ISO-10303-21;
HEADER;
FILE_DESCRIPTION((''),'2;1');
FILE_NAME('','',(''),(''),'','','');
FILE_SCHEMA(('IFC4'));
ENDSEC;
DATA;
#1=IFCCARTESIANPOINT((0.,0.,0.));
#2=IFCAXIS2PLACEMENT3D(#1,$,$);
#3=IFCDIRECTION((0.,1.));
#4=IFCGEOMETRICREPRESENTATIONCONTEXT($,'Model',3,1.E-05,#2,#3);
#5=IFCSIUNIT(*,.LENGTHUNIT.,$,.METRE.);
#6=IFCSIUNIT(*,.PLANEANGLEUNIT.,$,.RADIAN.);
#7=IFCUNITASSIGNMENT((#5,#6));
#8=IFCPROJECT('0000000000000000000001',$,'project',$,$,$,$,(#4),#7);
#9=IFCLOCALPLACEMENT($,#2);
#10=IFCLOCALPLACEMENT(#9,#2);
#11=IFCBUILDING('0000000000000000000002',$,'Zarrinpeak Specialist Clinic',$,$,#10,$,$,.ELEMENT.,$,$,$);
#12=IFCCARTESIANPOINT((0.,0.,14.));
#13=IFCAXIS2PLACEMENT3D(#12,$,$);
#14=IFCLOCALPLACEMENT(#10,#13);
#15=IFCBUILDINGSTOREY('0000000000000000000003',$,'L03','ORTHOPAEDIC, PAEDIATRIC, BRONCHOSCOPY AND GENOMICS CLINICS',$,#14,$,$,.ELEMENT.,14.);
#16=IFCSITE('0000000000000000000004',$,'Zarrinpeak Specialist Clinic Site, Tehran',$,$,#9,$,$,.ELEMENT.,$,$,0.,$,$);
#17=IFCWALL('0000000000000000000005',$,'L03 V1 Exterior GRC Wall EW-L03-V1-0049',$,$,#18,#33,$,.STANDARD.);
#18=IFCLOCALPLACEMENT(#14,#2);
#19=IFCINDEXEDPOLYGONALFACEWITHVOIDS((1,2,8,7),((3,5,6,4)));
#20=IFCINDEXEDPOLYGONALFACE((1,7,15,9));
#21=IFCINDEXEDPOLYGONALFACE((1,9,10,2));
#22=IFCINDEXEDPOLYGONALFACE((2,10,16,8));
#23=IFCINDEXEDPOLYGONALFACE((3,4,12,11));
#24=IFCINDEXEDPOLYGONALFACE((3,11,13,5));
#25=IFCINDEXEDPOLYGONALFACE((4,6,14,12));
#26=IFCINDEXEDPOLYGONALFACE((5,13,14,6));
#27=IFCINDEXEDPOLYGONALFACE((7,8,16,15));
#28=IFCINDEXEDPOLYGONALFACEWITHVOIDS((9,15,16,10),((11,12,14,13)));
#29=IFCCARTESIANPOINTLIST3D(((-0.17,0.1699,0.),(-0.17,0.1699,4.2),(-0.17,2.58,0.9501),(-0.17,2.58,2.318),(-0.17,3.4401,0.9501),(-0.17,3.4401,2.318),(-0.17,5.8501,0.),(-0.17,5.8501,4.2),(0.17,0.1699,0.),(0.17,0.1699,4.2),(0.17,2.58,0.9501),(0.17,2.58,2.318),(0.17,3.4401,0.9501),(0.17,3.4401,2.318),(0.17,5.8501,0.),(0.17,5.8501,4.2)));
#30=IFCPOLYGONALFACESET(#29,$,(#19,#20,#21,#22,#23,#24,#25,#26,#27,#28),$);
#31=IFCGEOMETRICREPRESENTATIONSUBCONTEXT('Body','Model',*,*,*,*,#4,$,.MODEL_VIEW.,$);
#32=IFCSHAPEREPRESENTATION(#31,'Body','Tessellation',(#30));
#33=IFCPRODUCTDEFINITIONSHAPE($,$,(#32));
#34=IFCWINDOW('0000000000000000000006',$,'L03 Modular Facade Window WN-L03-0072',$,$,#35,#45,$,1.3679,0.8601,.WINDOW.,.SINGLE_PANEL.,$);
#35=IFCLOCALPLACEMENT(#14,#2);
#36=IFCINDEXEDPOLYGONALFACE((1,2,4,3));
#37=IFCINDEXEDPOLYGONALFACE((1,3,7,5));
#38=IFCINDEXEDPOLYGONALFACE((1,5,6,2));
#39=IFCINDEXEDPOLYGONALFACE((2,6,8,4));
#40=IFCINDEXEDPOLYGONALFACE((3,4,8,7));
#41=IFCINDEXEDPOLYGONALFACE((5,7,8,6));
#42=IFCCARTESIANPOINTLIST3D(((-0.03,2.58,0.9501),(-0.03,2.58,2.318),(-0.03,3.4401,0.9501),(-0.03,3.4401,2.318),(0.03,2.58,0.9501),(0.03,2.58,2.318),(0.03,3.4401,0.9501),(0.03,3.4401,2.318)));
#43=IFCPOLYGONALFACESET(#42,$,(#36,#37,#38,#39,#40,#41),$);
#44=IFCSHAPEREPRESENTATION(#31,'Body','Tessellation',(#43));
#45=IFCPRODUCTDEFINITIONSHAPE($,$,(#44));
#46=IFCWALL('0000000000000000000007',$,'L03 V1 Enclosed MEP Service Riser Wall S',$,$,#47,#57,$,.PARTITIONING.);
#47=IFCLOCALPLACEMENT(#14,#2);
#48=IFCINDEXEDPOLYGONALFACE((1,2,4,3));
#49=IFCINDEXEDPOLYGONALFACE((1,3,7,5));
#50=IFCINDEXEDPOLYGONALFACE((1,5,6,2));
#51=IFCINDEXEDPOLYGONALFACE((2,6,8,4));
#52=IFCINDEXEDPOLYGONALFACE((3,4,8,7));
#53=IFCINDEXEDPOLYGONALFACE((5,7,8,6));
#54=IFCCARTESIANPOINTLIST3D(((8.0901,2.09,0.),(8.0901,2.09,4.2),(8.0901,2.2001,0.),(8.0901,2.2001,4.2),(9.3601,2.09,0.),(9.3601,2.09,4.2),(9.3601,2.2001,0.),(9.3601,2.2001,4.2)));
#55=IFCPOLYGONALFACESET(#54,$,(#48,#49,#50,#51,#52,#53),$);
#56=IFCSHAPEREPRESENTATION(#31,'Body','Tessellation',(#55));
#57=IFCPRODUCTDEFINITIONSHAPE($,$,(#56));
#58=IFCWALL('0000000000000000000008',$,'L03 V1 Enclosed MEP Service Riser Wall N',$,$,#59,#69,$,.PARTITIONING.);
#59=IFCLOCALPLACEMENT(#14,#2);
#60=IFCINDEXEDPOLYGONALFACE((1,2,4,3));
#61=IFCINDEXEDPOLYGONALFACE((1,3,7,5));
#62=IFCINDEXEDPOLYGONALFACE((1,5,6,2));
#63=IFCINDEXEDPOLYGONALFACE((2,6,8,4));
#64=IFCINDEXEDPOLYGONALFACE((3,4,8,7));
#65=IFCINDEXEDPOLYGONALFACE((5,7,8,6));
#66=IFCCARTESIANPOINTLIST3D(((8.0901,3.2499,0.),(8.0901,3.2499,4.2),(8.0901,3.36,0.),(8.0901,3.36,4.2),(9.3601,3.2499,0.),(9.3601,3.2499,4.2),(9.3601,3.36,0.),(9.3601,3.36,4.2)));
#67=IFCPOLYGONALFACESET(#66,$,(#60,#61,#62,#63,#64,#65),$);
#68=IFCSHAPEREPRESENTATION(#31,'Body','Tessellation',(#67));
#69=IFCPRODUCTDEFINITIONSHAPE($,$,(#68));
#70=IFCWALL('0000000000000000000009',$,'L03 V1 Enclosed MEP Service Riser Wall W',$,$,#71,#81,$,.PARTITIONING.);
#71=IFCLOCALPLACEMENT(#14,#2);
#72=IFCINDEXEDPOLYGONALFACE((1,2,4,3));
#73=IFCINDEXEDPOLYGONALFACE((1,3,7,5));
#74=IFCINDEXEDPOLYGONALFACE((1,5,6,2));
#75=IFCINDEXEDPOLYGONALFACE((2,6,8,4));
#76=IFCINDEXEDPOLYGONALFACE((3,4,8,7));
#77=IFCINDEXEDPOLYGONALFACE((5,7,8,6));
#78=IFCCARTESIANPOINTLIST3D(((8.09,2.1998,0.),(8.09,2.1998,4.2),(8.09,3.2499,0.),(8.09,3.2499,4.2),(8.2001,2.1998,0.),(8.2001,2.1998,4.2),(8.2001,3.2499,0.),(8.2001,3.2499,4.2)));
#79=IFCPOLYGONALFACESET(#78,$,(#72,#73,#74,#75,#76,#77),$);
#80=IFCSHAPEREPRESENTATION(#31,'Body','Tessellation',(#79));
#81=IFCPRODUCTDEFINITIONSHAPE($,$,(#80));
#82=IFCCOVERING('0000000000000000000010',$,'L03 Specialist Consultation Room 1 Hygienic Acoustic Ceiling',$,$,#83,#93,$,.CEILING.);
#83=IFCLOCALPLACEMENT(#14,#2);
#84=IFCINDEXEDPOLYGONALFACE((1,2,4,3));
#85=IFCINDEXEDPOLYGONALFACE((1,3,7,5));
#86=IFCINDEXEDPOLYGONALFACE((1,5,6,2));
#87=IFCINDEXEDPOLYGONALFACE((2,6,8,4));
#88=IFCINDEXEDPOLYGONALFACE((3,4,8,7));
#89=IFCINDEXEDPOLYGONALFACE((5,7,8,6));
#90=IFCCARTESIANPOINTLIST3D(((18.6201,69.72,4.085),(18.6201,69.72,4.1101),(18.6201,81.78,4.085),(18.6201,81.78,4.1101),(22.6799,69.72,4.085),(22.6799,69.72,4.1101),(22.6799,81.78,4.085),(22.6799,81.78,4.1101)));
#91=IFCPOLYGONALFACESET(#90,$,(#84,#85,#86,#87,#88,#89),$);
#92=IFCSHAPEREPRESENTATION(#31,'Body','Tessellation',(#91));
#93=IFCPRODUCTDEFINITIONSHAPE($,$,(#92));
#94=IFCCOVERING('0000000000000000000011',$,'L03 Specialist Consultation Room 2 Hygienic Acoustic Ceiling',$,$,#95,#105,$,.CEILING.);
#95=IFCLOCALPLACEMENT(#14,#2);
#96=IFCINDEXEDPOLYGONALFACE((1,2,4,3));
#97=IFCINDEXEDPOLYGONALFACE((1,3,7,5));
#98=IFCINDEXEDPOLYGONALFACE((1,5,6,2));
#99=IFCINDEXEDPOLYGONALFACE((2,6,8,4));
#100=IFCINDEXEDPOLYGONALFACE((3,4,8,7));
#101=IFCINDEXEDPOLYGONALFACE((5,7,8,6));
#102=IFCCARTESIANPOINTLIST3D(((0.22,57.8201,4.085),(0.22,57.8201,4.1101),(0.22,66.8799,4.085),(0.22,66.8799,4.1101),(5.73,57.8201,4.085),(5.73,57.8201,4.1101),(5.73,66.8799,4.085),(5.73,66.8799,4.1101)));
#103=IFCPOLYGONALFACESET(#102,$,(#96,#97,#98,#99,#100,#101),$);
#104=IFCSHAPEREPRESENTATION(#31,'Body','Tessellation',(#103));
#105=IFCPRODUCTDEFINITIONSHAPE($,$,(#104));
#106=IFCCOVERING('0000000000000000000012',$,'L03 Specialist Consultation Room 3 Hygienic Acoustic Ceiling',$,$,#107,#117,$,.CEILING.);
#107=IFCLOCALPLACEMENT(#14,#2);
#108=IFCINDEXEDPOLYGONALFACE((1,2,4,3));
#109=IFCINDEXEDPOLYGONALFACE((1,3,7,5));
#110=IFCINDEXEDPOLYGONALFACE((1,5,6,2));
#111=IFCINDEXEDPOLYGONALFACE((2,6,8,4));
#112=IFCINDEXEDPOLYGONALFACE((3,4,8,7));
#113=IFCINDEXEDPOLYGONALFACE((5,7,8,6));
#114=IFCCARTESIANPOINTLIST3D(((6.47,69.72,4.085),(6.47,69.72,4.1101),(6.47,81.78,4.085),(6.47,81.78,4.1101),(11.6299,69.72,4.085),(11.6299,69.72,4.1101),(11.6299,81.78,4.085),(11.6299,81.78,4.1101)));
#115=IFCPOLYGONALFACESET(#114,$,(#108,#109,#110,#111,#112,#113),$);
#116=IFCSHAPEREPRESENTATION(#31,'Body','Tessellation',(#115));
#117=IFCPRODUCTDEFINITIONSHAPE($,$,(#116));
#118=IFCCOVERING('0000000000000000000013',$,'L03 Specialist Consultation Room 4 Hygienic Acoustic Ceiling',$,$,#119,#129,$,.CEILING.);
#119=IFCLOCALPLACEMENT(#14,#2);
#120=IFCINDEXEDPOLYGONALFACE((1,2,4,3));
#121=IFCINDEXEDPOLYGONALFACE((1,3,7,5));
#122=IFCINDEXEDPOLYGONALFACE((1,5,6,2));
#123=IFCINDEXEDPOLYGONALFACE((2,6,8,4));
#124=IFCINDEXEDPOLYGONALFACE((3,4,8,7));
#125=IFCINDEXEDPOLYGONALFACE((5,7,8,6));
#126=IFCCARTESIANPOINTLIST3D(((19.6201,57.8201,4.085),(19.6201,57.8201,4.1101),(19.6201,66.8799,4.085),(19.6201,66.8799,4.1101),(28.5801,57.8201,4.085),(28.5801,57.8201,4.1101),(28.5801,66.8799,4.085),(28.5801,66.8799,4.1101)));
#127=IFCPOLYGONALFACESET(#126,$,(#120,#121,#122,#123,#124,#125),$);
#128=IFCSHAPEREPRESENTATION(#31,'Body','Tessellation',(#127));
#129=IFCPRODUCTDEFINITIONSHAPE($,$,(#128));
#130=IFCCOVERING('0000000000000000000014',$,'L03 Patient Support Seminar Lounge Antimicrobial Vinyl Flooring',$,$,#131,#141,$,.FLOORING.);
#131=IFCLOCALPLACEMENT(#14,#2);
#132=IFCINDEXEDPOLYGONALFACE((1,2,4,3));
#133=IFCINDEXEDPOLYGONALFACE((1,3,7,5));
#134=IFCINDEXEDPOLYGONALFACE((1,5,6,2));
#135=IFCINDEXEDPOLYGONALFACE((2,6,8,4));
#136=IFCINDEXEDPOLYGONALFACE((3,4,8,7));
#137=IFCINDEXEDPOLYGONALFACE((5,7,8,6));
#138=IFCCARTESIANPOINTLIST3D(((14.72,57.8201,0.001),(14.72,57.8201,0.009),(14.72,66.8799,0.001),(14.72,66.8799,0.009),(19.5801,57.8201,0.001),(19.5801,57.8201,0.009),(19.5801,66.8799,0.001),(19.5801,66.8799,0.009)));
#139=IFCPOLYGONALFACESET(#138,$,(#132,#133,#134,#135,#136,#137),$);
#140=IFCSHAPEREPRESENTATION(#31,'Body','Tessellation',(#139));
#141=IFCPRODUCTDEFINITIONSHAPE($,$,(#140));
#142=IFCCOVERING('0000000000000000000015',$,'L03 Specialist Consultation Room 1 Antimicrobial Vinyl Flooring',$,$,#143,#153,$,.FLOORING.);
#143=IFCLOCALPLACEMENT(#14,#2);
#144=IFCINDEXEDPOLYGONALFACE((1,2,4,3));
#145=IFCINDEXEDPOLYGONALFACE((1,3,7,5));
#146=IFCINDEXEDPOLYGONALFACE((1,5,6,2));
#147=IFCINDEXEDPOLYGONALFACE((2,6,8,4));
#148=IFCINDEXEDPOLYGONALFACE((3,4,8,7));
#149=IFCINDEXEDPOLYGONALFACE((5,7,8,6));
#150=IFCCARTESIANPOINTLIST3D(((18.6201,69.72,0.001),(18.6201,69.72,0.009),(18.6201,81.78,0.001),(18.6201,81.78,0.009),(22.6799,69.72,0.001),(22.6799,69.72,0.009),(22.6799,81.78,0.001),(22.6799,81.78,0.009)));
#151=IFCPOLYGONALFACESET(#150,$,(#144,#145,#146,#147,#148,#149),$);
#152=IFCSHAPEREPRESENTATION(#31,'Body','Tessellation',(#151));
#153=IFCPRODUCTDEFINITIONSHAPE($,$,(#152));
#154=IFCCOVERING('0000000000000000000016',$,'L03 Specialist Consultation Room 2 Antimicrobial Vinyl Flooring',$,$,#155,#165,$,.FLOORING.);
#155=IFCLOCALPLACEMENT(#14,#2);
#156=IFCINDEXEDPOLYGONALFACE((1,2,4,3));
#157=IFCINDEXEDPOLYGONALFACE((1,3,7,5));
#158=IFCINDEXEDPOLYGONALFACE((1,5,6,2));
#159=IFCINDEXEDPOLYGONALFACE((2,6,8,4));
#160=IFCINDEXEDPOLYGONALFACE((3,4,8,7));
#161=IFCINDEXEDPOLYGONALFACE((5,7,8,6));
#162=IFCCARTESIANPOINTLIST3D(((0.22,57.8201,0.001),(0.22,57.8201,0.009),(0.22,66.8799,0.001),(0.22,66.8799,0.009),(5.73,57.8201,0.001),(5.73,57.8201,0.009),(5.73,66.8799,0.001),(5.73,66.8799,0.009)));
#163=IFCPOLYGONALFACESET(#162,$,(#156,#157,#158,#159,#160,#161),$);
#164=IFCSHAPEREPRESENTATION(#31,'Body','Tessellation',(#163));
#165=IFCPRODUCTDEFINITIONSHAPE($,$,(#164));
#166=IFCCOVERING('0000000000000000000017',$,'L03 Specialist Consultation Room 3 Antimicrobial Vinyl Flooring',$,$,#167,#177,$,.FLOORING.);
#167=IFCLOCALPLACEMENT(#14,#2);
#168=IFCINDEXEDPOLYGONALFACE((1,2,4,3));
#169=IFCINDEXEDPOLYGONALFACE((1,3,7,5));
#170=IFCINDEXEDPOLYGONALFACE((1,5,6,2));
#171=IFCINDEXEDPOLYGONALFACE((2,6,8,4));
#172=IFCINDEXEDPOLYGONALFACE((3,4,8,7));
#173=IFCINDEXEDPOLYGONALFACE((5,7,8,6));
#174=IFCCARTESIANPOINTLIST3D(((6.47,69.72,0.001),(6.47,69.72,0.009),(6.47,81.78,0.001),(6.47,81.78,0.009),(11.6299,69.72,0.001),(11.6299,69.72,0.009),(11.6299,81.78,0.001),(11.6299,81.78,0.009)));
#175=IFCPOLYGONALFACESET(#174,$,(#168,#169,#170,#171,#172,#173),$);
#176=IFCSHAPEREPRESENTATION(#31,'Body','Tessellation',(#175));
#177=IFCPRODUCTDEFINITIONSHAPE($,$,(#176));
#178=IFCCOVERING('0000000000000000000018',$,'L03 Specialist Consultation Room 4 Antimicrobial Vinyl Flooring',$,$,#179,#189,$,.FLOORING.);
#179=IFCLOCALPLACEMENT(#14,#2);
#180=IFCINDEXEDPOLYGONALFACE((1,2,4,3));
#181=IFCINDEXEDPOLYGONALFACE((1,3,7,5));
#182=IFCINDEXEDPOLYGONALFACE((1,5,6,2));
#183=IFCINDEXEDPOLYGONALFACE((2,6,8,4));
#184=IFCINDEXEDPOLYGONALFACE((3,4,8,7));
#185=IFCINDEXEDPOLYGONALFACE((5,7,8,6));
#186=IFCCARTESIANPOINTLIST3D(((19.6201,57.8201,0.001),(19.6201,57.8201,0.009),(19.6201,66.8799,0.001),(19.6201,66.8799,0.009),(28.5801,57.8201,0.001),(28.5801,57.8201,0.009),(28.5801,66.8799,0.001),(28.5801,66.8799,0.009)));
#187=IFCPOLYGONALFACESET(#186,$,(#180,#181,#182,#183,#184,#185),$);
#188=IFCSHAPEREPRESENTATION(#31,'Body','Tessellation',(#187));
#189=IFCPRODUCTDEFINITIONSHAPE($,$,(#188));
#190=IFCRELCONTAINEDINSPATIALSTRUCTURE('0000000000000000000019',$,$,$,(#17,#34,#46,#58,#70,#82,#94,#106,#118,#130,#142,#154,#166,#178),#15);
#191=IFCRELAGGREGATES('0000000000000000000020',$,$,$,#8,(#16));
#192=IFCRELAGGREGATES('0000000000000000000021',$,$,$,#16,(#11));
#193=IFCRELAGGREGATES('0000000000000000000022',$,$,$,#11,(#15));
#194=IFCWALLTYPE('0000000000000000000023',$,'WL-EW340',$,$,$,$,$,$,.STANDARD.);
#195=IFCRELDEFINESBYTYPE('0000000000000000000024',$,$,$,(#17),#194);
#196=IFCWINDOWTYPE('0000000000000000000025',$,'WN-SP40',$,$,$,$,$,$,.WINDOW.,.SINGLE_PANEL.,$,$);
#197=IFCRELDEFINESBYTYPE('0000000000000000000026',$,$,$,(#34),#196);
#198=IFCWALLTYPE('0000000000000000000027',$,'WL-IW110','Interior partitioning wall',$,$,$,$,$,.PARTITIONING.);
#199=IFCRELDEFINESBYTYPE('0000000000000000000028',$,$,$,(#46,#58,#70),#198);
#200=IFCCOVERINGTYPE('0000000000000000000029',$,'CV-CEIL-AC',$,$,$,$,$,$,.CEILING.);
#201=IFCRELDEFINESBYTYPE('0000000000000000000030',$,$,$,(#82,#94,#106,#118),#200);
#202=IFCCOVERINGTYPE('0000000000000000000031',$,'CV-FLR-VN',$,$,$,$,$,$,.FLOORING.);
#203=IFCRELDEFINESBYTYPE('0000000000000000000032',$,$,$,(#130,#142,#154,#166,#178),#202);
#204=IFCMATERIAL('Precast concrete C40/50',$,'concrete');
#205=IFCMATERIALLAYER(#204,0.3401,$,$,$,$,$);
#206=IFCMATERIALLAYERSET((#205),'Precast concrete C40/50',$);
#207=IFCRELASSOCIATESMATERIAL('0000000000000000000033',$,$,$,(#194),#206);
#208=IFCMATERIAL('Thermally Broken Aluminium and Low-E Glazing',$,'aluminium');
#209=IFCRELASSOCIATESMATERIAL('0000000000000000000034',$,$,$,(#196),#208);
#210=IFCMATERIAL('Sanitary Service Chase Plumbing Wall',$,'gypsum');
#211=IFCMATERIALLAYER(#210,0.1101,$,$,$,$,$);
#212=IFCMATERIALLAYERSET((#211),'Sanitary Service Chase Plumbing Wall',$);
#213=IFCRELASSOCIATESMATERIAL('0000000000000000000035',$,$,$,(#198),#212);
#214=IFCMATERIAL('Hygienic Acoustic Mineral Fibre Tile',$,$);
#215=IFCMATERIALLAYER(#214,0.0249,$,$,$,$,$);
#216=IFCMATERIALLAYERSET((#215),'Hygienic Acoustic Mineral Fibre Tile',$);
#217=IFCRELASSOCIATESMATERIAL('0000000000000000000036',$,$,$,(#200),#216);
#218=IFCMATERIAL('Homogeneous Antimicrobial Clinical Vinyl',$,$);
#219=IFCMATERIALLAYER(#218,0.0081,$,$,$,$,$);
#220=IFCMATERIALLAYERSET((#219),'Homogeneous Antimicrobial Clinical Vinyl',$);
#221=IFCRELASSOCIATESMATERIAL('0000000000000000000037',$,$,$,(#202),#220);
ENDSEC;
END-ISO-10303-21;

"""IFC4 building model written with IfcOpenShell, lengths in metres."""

from ifc_helpers import new_model, si_unit, direction, frame, frame_2d, origin, place, context, subcontext, project, spatial, polyline, rectangle, outline, extrude, material, layer, layer_set, type_object, element, fill, save


model = new_model("IFC4")

# Units and contexts
model_context = context("Model", 3, precision=1e-05, world=origin(), true_north=direction((0.0, 1.0)))
body_context = subcontext(model_context, "Body", "Model", "MODEL_VIEW")
ifc_project = project(units=[si_unit("LENGTHUNIT", "METRE"), si_unit("PLANEANGLEUNIT", "RADIAN")], contexts=[model_context])

# Site, building, storey
site_placement = place(None, origin())
site = spatial("IfcSite", under=ifc_project, at=site_placement, Name="Zarrinpeak Specialist Clinic Site, Tehran", CompositionType="ELEMENT", RefElevation=0.0)
building_placement = place(site_placement, origin())
building = spatial("IfcBuilding", under=site, at=building_placement, Name="Zarrinpeak Specialist Clinic", CompositionType="ELEMENT")
storey_placement = place(building_placement, frame((0.0, 0.0, 14.0)))
storey = spatial("IfcBuildingStorey", under=building, at=storey_placement, Name="L03", Description="ORTHOPAEDIC, PAEDIATRIC, BRONCHOSCOPY AND GENOMICS CLINICS", CompositionType="ELEMENT", Elevation=14.0)

# Shared definitions
ifc_material_1 = material(Name="Precast concrete C40/50", Category="concrete")
ifc_layer_1 = layer(ifc_material_1, 0.3401)
ifc_layer_set_1 = layer_set([ifc_layer_1], Name="Precast concrete C40/50")
wall_type_1 = type_object("IfcWallType", Name="WL-EW340", PredefinedType="STANDARD", material=ifc_layer_set_1)

# Wall, opening, window
wall_1_placement = place(storey_placement, frame((0.0, 5.8501, 0.0), z_axis=(0.0, 0.0, 1.0), x_axis=(0.0, -1.0, 0.0)))
wall_1 = element("IfcWall", 1, at=wall_1_placement, inside=storey, type_object=wall_type_1, Name="L03 V1 Exterior GRC Wall EW-L03-V1-0049", PredefinedType="STANDARD", context=body_context, shape_type="SweptSolid", body=[
    extrude(rectangle(XDim=5.6802, YDim=0.3401, at=frame_2d((2.8401, 0.0))), origin(), (0.0, 0.0, 1.0), 4.2),
])
opening_placement = place(wall_1_placement, frame((2.4099, 0.0, 0.95)))
opening = element("IfcOpeningElement", 2, at=opening_placement, cuts=wall_1, PredefinedType="OPENING", context=body_context, shape_type="SweptSolid", body=[
    extrude(rectangle(XDim=0.8601, YDim=1.3679, at=frame_2d((0.4302, 0.6841))), frame((0.0, 0.1802, 0.0), z_axis=(0.0, -1.0, 0.0), x_axis=(1.0, 0.0, 0.0)), (0.0, 0.0, 1.0), 0.3601),
])
ifc_material_2 = material(Name="Thermally Broken Aluminium and Low-E Glazing", Category="aluminium")
window_type = type_object("IfcWindowType", Name="WN-SP40", PartitioningType="SINGLE_PANEL", PredefinedType="WINDOW", material=ifc_material_2)
window_placement = place(opening_placement, origin())
window = element("IfcWindow", 3, at=window_placement, inside=storey, type_object=window_type, Name="L03 Modular Facade Window WN-L03-0072", OverallHeight=1.3679, OverallWidth=0.8601, PartitioningType="SINGLE_PANEL", PredefinedType="WINDOW", context=body_context, shape_type="SweptSolid", body=[
    extrude(rectangle(XDim=0.8601, YDim=1.3679, at=frame_2d((0.4302, 0.6841))), frame((0.0, 0.03, 0.0), z_axis=(0.0, -1.0, 0.0), x_axis=(1.0, 0.0, 0.0)), (0.0, 0.0, 1.0), 0.0601),
])
fill(opening, window)

# Walls
ifc_material_3 = material(Name="Sanitary Service Chase Plumbing Wall", Category="gypsum")
ifc_layer_2 = layer(ifc_material_3, 0.1101)
ifc_layer_set_2 = layer_set([ifc_layer_2], Name="Sanitary Service Chase Plumbing Wall")
wall_type_2 = type_object("IfcWallType", Name="WL-IW110", Description="Interior partitioning wall", PredefinedType="PARTITIONING", material=ifc_layer_set_2)
for number, where, z_axis, x_axis, name in (
    (4, (8.0901, 2.145, 0.0), (0.0, 0.0, 1.0), (1.0, 0.0, 0.0), "L03 V1 Enclosed MEP Service Riser Wall S"),
    (5, (8.0901, 3.3049, 0.0), (0.0, 0.0, 1.0), (1.0, 0.0, 0.0), "L03 V1 Enclosed MEP Service Riser Wall N"),
):
    element("IfcWall", number, at=place(storey_placement, frame(where, z_axis=z_axis, x_axis=x_axis)), inside=storey, type_object=wall_type_2, Name=name, PredefinedType="PARTITIONING", context=body_context, shape_type="SweptSolid", body=[
        extrude(rectangle(XDim=1.27, YDim=0.1101, at=frame_2d((0.635, 0.0))), origin(), (0.0, 0.0, 1.0), 4.2),
    ])
wall_2_placement = place(storey_placement, frame((8.145, 2.2, 0.0), z_axis=(0.0, 0.0, 1.0), x_axis=(0.0, 1.0, 0.0)))
element("IfcWall", 6, at=wall_2_placement, inside=storey, type_object=wall_type_2, Name="L03 V1 Enclosed MEP Service Riser Wall W", PredefinedType="PARTITIONING", context=body_context, shape_type="SweptSolid", body=[
    extrude(rectangle(XDim=1.05, YDim=0.1101, at=frame_2d((0.5249, 0.0))), origin(), (0.0, 0.0, 1.0), 4.2),
])

# Coverings
ifc_material_4 = material(Name="Hygienic Acoustic Mineral Fibre Tile")
ifc_layer_3 = layer(ifc_material_4, 0.0249)
ifc_layer_set_3 = layer_set([ifc_layer_3], Name="Hygienic Acoustic Mineral Fibre Tile")
covering_type_1 = type_object("IfcCoveringType", Name="CV-CEIL-AC", PredefinedType="CEILING", material=ifc_layer_set_3)
covering_1_placement = place(storey_placement, frame((0.0, 0.0, 4.085)))
element("IfcCovering", 7, at=covering_1_placement, inside=storey, type_object=covering_type_1, Name="L03 Specialist Consultation Room 1 Hygienic Acoustic Ceiling", PredefinedType="CEILING", context=body_context, shape_type="SweptSolid", body=[
    extrude(outline(polyline([(18.6201, 69.72), (22.6799, 69.72), (22.6799, 81.78), (18.6201, 81.78), (18.6201, 69.72)])), origin(), (0.0, 0.0, 1.0), 0.0251),
])
covering_2_placement = place(storey_placement, frame((0.0, 0.0, 4.085)))
element("IfcCovering", 8, at=covering_2_placement, inside=storey, type_object=covering_type_1, Name="L03 Specialist Consultation Room 2 Hygienic Acoustic Ceiling", PredefinedType="CEILING", context=body_context, shape_type="SweptSolid", body=[
    extrude(outline(polyline([(0.22, 57.8201), (5.73, 57.8201), (5.73, 66.8799), (0.22, 66.8799), (0.22, 57.8201)])), origin(), (0.0, 0.0, 1.0), 0.0251),
])
covering_3_placement = place(storey_placement, frame((0.0, 0.0, 4.085)))
element("IfcCovering", 9, at=covering_3_placement, inside=storey, type_object=covering_type_1, Name="L03 Specialist Consultation Room 3 Hygienic Acoustic Ceiling", PredefinedType="CEILING", context=body_context, shape_type="SweptSolid", body=[
    extrude(outline(polyline([(6.47, 69.72), (11.6299, 69.72), (11.6299, 81.78), (6.47, 81.78), (6.47, 69.72)])), origin(), (0.0, 0.0, 1.0), 0.0251),
])
covering_4_placement = place(storey_placement, frame((0.0, 0.0, 4.085)))
element("IfcCovering", 10, at=covering_4_placement, inside=storey, type_object=covering_type_1, Name="L03 Specialist Consultation Room 4 Hygienic Acoustic Ceiling", PredefinedType="CEILING", context=body_context, shape_type="SweptSolid", body=[
    extrude(outline(polyline([(19.6201, 57.8201), (28.5801, 57.8201), (28.5801, 66.8799), (19.6201, 66.8799), (19.6201, 57.8201)])), origin(), (0.0, 0.0, 1.0), 0.0251),
])
ifc_material_5 = material(Name="Homogeneous Antimicrobial Clinical Vinyl")
ifc_layer_4 = layer(ifc_material_5, 0.0081)
ifc_layer_set_4 = layer_set([ifc_layer_4], Name="Homogeneous Antimicrobial Clinical Vinyl")
covering_type_2 = type_object("IfcCoveringType", Name="CV-FLR-VN", PredefinedType="FLOORING", material=ifc_layer_set_4)
covering_5_placement = place(storey_placement, frame((0.0, 0.0, 0.001)))
element("IfcCovering", 11, at=covering_5_placement, inside=storey, type_object=covering_type_2, Name="L03 Patient Support Seminar Lounge Antimicrobial Vinyl Flooring", PredefinedType="FLOORING", context=body_context, shape_type="SweptSolid", body=[
    extrude(outline(polyline([(14.72, 57.8201), (19.5801, 57.8201), (19.5801, 66.8799), (14.72, 66.8799), (14.72, 57.8201)])), origin(), (0.0, 0.0, 1.0), 0.0081),
])
covering_6_placement = place(storey_placement, frame((0.0, 0.0, 0.001)))
element("IfcCovering", 12, at=covering_6_placement, inside=storey, type_object=covering_type_2, Name="L03 Specialist Consultation Room 1 Antimicrobial Vinyl Flooring", PredefinedType="FLOORING", context=body_context, shape_type="SweptSolid", body=[
    extrude(outline(polyline([(18.6201, 69.72), (22.6799, 69.72), (22.6799, 81.78), (18.6201, 81.78), (18.6201, 69.72)])), origin(), (0.0, 0.0, 1.0), 0.0081),
])
covering_7_placement = place(storey_placement, frame((0.0, 0.0, 0.001)))
element("IfcCovering", 13, at=covering_7_placement, inside=storey, type_object=covering_type_2, Name="L03 Specialist Consultation Room 2 Antimicrobial Vinyl Flooring", PredefinedType="FLOORING", context=body_context, shape_type="SweptSolid", body=[
    extrude(outline(polyline([(0.22, 57.8201), (5.73, 57.8201), (5.73, 66.8799), (0.22, 66.8799), (0.22, 57.8201)])), origin(), (0.0, 0.0, 1.0), 0.0081),
])
covering_8_placement = place(storey_placement, frame((0.0, 0.0, 0.001)))
element("IfcCovering", 14, at=covering_8_placement, inside=storey, type_object=covering_type_2, Name="L03 Specialist Consultation Room 3 Antimicrobial Vinyl Flooring", PredefinedType="FLOORING", context=body_context, shape_type="SweptSolid", body=[
    extrude(outline(polyline([(6.47, 69.72), (11.6299, 69.72), (11.6299, 81.78), (6.47, 81.78), (6.47, 69.72)])), origin(), (0.0, 0.0, 1.0), 0.0081),
])
covering_9_placement = place(storey_placement, frame((0.0, 0.0, 0.001)))
element("IfcCovering", 15, at=covering_9_placement, inside=storey, type_object=covering_type_2, Name="L03 Specialist Consultation Room 4 Antimicrobial Vinyl Flooring", PredefinedType="FLOORING", context=body_context, shape_type="SweptSolid", body=[
    extrude(outline(polyline([(19.6201, 57.8201), (28.5801, 57.8201), (28.5801, 66.8799), (19.6201, 66.8799), (19.6201, 57.8201)])), origin(), (0.0, 0.0, 1.0), 0.0081),
])

save(model, "model.ifc")
